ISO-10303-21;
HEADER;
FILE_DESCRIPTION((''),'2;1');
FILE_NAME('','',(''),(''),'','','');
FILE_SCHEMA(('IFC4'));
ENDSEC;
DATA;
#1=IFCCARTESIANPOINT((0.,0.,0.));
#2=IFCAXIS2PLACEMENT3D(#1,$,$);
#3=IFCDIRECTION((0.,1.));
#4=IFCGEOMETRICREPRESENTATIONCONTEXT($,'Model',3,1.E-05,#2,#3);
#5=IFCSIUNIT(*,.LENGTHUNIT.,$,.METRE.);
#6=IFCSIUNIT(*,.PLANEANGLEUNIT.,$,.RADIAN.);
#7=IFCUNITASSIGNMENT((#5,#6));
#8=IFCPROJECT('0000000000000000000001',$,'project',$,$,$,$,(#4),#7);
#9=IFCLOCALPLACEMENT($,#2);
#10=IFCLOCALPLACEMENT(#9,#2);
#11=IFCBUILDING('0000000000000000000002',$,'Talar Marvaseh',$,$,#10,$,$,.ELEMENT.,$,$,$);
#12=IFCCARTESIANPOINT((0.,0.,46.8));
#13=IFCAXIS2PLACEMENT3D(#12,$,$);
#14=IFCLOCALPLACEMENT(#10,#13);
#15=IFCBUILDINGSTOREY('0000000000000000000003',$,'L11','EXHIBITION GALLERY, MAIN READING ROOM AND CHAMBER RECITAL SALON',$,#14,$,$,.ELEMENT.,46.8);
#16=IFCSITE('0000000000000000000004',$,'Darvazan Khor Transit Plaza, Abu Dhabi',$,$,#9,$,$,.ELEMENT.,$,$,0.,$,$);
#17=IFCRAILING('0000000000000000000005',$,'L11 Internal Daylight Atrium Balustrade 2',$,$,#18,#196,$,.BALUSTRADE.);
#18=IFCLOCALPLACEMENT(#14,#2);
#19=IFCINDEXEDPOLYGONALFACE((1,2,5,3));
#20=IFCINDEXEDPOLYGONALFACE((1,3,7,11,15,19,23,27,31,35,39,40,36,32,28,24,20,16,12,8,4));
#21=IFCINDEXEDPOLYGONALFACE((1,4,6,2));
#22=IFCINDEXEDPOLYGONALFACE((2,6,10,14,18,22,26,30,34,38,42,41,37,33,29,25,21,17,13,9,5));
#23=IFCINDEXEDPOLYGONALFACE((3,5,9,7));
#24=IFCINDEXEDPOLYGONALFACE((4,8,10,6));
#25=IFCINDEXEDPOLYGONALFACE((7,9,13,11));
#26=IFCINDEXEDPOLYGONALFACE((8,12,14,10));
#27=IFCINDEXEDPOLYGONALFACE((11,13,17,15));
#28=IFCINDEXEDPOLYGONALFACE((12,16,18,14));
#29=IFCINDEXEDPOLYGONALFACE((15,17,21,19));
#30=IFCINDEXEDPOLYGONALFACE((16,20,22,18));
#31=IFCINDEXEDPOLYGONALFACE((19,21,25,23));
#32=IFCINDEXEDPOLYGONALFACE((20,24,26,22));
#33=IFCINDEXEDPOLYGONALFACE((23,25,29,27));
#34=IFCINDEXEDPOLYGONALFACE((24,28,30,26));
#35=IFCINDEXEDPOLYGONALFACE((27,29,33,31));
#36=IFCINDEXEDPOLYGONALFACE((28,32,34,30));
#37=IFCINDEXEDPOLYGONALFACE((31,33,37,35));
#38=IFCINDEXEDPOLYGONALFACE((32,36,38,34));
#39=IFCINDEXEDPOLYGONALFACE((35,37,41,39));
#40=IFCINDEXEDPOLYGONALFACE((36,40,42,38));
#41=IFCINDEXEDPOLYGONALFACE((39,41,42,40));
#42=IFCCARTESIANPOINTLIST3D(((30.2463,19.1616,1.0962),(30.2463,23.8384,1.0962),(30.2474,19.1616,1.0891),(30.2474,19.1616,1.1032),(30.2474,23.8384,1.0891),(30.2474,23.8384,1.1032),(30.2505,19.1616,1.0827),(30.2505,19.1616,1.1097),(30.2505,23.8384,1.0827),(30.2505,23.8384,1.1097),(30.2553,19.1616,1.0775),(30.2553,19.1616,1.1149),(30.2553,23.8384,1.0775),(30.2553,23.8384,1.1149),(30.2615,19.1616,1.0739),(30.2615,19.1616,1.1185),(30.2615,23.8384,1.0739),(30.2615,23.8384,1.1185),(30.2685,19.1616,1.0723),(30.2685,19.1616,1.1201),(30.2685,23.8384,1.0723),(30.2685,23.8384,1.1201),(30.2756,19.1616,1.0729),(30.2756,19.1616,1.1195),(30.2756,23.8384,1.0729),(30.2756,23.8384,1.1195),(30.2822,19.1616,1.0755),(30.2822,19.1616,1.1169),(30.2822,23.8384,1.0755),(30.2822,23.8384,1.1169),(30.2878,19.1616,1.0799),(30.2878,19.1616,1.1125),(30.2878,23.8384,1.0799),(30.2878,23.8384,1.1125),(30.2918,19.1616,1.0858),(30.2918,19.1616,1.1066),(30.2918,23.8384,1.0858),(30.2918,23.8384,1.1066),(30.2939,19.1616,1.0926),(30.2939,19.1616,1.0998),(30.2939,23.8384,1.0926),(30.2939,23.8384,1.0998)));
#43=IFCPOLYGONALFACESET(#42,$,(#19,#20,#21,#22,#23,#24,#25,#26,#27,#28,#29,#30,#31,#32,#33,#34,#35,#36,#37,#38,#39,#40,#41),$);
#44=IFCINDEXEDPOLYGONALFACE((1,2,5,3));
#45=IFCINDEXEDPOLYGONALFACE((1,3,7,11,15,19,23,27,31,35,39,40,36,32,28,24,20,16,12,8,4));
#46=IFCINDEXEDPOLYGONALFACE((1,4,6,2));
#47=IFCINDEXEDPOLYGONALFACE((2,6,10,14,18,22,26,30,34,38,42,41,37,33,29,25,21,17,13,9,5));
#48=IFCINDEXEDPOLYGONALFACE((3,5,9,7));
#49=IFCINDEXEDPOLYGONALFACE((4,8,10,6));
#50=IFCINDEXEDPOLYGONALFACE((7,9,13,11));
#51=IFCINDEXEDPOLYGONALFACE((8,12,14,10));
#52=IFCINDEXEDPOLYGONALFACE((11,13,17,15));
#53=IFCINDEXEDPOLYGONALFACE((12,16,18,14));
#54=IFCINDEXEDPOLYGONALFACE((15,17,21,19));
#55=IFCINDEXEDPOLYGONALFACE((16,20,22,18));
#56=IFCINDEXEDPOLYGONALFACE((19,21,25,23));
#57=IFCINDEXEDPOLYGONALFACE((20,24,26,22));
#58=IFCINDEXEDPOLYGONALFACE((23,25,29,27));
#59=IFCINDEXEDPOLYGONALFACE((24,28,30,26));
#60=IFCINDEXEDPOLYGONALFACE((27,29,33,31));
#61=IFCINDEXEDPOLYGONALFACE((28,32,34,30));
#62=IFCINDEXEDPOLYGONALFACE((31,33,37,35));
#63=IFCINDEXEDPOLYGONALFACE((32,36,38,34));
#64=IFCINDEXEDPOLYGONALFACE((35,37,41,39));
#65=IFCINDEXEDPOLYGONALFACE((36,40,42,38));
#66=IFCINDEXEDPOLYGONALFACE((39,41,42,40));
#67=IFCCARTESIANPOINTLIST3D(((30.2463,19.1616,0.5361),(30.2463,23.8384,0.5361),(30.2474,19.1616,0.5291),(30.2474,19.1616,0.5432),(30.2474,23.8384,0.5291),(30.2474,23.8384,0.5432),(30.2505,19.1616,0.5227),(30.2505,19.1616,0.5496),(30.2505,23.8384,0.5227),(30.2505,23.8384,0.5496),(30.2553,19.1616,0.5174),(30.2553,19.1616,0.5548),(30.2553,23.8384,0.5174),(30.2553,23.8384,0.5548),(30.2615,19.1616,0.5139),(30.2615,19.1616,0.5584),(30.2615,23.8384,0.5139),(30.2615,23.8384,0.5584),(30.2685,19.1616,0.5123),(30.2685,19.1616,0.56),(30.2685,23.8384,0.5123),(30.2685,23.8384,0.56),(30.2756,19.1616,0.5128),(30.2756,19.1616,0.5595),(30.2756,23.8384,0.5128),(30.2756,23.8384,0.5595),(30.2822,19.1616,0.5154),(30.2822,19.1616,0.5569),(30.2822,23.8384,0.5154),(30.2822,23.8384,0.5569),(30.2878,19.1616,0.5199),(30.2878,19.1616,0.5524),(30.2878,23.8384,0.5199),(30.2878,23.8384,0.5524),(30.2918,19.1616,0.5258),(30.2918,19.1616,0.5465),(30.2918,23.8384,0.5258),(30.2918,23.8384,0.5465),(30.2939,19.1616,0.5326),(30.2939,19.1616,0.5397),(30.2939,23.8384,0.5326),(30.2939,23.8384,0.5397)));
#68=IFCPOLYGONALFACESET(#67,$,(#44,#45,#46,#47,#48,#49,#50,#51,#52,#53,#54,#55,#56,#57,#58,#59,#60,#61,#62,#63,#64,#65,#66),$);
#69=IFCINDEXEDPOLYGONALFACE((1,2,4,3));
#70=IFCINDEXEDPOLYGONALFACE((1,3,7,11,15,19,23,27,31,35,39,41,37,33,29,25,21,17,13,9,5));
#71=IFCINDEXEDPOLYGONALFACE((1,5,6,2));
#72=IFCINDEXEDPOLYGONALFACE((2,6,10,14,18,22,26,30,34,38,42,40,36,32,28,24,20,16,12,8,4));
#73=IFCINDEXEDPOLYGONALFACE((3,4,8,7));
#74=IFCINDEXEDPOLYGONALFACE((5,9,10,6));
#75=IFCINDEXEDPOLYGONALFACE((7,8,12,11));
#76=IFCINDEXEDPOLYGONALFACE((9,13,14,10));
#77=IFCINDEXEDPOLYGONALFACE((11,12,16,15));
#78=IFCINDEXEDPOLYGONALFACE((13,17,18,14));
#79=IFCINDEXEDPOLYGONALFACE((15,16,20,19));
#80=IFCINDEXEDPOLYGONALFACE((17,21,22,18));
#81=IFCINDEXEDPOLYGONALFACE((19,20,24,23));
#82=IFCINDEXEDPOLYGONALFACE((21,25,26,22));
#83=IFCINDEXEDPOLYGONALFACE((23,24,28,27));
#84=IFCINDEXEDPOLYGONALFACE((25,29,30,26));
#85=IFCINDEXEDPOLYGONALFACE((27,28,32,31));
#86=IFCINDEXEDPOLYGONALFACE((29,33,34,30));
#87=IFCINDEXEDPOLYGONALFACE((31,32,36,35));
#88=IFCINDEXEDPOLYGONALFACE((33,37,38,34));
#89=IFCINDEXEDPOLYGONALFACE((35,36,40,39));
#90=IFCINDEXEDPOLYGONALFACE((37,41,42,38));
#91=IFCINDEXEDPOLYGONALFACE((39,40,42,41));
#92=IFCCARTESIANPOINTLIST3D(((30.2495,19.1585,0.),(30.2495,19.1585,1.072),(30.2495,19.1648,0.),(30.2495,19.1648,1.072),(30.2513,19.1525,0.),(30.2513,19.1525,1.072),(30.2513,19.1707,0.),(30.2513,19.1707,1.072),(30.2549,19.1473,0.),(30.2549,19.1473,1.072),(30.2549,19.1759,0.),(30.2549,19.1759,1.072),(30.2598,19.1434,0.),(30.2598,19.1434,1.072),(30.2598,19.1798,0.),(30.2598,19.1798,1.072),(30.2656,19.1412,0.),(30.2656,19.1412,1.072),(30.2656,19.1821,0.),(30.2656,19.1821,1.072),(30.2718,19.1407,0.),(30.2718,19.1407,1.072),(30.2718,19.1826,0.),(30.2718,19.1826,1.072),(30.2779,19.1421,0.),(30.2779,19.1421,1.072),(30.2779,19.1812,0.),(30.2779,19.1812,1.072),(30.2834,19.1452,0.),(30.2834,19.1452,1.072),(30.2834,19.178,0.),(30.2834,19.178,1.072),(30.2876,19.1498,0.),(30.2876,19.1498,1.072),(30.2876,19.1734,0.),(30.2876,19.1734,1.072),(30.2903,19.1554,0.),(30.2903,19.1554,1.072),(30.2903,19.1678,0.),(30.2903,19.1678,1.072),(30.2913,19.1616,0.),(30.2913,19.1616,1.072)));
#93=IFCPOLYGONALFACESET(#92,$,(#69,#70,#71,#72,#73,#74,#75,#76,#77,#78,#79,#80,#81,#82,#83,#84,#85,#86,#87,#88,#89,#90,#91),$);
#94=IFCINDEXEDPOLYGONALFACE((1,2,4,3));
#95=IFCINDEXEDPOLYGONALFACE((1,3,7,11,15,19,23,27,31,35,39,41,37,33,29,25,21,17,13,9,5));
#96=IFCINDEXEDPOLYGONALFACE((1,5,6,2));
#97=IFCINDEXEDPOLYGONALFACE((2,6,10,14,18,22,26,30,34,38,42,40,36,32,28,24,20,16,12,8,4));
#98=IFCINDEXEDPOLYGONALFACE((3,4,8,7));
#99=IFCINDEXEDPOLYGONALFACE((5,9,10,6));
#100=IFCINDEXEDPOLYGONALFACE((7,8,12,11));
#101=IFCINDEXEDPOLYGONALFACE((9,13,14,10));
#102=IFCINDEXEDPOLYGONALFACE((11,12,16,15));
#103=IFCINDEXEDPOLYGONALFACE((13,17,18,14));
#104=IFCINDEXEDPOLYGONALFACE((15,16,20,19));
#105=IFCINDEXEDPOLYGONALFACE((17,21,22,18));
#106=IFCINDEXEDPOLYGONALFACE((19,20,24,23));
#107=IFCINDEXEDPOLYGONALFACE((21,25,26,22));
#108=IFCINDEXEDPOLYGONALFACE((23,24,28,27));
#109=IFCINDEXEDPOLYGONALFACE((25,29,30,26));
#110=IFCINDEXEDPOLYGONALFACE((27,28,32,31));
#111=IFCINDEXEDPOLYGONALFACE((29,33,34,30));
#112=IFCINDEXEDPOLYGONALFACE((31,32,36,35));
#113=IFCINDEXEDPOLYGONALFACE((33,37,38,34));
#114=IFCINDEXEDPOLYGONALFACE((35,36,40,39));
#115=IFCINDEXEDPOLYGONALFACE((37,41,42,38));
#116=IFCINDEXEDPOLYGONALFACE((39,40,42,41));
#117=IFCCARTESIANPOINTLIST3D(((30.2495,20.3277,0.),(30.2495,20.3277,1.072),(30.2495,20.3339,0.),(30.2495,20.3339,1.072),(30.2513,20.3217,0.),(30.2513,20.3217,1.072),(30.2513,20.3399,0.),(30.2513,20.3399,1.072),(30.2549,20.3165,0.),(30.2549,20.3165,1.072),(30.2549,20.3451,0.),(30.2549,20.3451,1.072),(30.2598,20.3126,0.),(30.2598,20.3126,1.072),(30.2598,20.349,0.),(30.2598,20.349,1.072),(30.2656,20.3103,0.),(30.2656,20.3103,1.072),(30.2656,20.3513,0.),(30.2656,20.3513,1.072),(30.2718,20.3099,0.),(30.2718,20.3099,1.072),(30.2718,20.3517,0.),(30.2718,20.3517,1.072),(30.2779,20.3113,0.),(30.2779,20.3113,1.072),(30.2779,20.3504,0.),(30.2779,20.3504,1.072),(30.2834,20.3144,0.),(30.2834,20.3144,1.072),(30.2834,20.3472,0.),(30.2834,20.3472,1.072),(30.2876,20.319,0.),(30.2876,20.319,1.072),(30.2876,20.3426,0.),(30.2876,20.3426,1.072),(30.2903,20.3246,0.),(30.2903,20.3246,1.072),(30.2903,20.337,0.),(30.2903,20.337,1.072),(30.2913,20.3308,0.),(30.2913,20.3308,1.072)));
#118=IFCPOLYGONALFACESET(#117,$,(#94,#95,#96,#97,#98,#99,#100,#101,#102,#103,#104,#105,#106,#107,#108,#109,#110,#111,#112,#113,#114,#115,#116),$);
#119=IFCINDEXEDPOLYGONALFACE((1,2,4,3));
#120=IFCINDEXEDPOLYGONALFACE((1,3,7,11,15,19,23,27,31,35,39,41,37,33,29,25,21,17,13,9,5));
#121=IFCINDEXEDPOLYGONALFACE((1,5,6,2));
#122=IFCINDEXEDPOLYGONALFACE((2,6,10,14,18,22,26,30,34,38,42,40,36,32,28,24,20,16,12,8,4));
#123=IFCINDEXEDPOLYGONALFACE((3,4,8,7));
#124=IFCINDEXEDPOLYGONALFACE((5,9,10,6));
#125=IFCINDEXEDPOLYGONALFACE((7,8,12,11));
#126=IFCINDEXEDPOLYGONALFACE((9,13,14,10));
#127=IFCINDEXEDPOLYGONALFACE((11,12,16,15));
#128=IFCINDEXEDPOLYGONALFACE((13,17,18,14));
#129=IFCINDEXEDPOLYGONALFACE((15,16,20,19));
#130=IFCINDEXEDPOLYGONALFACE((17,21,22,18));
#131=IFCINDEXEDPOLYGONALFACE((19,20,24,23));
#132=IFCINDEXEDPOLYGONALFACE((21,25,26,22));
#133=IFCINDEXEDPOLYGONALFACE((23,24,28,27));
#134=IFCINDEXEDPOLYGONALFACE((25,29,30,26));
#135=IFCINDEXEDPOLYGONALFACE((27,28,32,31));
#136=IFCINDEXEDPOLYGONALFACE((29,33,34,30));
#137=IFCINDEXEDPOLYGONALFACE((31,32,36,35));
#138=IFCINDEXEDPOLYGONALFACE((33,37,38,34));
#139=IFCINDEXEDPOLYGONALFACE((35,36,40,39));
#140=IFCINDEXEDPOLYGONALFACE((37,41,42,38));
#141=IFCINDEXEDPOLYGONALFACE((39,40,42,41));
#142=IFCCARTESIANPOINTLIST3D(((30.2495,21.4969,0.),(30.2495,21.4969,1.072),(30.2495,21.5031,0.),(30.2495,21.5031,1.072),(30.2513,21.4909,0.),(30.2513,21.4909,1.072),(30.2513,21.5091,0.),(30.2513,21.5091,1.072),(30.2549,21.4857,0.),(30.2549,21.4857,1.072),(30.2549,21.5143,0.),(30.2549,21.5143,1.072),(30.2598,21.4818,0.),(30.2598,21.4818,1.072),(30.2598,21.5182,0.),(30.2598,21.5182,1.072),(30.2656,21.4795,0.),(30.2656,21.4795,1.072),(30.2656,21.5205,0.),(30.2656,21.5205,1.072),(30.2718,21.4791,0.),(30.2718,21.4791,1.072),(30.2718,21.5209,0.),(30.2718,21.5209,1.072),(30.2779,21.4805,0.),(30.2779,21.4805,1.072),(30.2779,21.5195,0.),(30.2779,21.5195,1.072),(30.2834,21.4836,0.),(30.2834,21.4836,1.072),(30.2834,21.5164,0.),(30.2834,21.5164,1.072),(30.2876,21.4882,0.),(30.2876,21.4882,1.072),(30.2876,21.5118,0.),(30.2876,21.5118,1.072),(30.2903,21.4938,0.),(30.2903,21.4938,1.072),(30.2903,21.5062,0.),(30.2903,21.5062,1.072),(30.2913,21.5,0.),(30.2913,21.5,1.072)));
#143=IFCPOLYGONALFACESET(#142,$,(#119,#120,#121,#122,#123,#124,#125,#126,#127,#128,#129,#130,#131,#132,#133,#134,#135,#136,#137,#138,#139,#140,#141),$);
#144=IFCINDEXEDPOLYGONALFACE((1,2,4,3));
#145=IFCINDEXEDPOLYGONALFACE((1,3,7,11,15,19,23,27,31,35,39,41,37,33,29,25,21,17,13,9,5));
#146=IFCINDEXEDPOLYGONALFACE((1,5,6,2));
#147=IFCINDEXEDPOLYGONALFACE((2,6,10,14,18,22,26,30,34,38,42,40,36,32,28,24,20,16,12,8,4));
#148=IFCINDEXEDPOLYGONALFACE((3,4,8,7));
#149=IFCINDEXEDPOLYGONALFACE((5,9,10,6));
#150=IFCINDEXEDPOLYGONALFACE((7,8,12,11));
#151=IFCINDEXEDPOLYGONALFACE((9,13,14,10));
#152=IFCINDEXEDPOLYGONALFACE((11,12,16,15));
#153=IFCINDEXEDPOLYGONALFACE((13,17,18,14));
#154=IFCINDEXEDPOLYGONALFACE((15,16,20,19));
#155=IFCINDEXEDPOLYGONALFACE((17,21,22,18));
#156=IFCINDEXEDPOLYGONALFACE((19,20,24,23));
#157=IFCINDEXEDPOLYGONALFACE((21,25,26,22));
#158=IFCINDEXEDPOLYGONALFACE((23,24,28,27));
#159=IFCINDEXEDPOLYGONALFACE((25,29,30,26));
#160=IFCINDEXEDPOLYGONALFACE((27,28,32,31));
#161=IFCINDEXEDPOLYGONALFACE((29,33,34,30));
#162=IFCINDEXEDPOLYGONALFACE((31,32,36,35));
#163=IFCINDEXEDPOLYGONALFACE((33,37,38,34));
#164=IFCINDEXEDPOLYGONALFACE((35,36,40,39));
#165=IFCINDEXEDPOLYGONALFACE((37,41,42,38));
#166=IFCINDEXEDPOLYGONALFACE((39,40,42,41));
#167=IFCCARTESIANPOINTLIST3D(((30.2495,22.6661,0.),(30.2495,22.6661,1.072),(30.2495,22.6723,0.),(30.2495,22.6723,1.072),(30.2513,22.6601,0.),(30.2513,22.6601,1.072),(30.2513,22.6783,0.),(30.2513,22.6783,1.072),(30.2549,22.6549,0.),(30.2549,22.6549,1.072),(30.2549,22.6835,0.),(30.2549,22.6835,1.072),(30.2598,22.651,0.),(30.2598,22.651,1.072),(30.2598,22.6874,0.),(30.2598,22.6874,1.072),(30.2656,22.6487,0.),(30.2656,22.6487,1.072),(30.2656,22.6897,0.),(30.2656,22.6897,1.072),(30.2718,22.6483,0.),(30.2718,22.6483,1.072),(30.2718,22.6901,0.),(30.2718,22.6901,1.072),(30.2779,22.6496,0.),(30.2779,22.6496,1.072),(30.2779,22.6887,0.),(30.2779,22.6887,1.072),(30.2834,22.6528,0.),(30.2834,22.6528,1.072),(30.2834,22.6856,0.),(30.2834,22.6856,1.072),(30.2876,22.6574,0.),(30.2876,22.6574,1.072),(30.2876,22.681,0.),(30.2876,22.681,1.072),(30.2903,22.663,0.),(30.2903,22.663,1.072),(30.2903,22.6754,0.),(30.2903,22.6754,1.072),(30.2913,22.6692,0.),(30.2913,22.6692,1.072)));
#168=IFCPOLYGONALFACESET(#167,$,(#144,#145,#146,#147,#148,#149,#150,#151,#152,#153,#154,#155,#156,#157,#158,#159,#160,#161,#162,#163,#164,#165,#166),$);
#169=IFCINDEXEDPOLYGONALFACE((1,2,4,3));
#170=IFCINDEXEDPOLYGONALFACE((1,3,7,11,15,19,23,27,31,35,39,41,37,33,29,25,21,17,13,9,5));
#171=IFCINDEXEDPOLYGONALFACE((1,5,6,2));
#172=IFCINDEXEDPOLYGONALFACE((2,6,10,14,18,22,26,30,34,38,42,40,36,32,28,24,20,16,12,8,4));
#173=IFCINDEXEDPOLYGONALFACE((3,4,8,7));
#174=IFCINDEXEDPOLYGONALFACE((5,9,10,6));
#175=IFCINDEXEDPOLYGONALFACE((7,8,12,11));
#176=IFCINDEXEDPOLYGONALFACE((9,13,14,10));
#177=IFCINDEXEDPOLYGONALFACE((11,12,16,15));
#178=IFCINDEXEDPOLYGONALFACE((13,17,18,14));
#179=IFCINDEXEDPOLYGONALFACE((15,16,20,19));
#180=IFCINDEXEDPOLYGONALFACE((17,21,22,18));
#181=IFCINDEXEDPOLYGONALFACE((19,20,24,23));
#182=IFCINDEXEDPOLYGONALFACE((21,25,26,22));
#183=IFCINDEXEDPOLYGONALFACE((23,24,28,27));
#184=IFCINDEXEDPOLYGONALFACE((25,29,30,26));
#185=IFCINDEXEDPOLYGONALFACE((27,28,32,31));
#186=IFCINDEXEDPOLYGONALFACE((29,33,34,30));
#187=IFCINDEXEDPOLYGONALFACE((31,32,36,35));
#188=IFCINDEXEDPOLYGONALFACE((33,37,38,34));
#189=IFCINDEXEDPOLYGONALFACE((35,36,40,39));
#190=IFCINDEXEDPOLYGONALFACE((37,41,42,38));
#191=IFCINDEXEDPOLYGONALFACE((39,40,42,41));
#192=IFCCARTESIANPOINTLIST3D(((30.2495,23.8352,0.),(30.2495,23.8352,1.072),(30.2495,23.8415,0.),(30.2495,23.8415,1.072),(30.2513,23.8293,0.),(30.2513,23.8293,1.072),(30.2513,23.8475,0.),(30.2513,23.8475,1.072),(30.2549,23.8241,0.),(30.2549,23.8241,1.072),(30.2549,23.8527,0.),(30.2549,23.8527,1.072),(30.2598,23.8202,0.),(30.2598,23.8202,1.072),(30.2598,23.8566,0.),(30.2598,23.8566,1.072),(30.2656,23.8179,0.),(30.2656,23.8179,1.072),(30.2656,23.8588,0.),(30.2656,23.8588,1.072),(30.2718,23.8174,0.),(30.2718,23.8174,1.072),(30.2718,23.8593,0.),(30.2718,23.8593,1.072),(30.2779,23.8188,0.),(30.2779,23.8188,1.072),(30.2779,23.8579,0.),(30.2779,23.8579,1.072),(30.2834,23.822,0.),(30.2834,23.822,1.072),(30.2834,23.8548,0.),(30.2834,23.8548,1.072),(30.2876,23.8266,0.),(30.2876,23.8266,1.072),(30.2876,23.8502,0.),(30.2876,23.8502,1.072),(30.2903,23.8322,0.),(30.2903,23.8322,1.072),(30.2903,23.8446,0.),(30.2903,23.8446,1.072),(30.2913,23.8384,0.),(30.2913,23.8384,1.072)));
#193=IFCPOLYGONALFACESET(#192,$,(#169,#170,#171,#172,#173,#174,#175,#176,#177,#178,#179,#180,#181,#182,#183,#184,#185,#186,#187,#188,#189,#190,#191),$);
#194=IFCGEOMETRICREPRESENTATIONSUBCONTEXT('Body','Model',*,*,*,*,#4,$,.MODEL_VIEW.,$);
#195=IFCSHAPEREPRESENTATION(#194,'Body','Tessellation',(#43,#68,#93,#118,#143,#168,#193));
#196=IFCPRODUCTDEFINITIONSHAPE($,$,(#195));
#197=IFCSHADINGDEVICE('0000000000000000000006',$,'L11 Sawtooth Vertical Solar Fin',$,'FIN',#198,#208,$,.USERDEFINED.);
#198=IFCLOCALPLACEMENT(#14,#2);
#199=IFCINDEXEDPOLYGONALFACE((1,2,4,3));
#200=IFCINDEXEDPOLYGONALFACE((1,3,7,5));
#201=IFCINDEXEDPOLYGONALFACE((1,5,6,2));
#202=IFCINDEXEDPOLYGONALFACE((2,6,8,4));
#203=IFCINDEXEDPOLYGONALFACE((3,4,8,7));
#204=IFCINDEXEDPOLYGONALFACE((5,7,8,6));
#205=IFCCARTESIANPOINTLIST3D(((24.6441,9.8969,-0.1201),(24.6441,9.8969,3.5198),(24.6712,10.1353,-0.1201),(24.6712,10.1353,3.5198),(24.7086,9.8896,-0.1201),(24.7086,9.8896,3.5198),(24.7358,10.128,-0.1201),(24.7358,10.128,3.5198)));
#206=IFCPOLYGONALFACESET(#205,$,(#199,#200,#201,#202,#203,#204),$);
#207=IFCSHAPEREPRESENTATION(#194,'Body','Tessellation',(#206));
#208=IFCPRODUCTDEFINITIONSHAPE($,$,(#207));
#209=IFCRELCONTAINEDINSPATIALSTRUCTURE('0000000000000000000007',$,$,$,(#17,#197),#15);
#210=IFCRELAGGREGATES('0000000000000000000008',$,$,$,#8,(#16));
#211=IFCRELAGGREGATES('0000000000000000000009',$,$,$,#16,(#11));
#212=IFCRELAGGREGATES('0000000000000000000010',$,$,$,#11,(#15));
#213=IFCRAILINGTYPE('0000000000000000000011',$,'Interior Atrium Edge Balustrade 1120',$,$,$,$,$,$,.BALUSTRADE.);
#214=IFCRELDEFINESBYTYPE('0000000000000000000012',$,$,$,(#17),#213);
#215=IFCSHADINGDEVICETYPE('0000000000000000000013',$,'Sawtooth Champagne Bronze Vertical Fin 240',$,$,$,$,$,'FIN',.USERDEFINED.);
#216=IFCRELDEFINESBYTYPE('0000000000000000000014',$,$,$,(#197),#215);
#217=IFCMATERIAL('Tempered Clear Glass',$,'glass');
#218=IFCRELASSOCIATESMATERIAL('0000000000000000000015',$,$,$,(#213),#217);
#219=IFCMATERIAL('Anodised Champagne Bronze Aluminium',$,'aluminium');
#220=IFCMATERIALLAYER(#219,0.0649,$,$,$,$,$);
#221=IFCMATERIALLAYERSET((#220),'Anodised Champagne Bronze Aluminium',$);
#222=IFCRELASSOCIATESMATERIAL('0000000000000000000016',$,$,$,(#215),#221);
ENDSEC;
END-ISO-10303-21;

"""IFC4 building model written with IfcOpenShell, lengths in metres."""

from ifc_helpers import new_model, si_unit, direction, frame, origin, origin_2d, place, context, subcontext, project, spatial, rectangle, circle, extrude, source, transform, mapped, material, layer, layer_set, type_object, type_shapes, element, save


model = new_model("IFC4")

# Units and contexts
model_context = context("Model", 3, precision=1e-05, world=origin(), true_north=direction((0.0, 1.0)))
body_context = subcontext(model_context, "Body", "Model", "MODEL_VIEW")
ifc_project = project(units=[si_unit("LENGTHUNIT", "METRE"), si_unit("PLANEANGLEUNIT", "RADIAN")], contexts=[model_context])

# Site, building, storey
site_placement = place(None, origin())
site = spatial("IfcSite", under=ifc_project, at=site_placement, Name="Darvazan Khor Transit Plaza, Abu Dhabi", CompositionType="ELEMENT", RefElevation=0.0)
building_placement = place(site_placement, origin())
building = spatial("IfcBuilding", under=site, at=building_placement, Name="Talar Marvaseh", CompositionType="ELEMENT")
storey_placement = place(building_placement, frame((0.0, 0.0, 46.8)))
storey = spatial("IfcBuildingStorey", under=building, at=storey_placement, Name="L11", Description="EXHIBITION GALLERY, MAIN READING ROOM AND CHAMBER RECITAL SALON", CompositionType="ELEMENT", Elevation=46.8)

# Railing
ifc_material_1 = material(Name="Tempered Clear Glass", Category="glass")
railing_type = type_object("IfcRailingType", Name="Interior Atrium Edge Balustrade 1120", PredefinedType="BALUSTRADE", material=ifc_material_1)
railing_1_placement = place(storey_placement, frame((30.2703, 19.1616, 0.0)))
element("IfcRailing", 1, at=railing_1_placement, inside=storey, type_object=railing_type, Name="L11 Internal Daylight Atrium Balustrade 2", PredefinedType="BALUSTRADE", context=body_context, shape_type="SweptSolid", body=[
    extrude(circle(Radius=0.0239, at=origin_2d()), frame((0.0, 0.0, 1.0962), z_axis=(0.0, 1.0, 0.0), x_axis=(-1.0, 0.0, 0.0)), (0.0, 0.0, 1.0), 4.6768),
    extrude(circle(Radius=0.0239, at=origin_2d()), frame((0.0, 0.0, 0.5361), z_axis=(0.0, 1.0, 0.0), x_axis=(-1.0, 0.0, 0.0)), (0.0, 0.0, 1.0), 4.6768),
    extrude(circle(Radius=0.021, at=origin_2d()), origin(), (0.0, 0.0, 1.0), 1.072),
    extrude(circle(Radius=0.021, at=origin_2d()), frame((0.0, 1.1692, 0.0)), (0.0, 0.0, 1.0), 1.072),
    extrude(circle(Radius=0.021, at=origin_2d()), frame((0.0, 2.3384, 0.0)), (0.0, 0.0, 1.0), 1.072),
    extrude(circle(Radius=0.021, at=origin_2d()), frame((0.0, 3.5076, 0.0)), (0.0, 0.0, 1.0), 1.072),
    extrude(circle(Radius=0.021, at=origin_2d()), frame((0.0, 4.6768, 0.0)), (0.0, 0.0, 1.0), 1.072),
])

# Shading device
ifc_material_2 = material(Name="Anodised Champagne Bronze Aluminium", Category="aluminium")
ifc_layer_1 = layer(ifc_material_2, 0.0649)
ifc_layer_set_1 = layer_set([ifc_layer_1], Name="Anodised Champagne Bronze Aluminium")
shading_device_type = type_object("IfcShadingDeviceType", Name="Sawtooth Champagne Bronze Vertical Fin 240", ElementType="FIN", PredefinedType="USERDEFINED", material=ifc_layer_set_1)
shared_shape_1 = source(origin(), body_context, "Body", "SweptSolid", [
    extrude(rectangle(XDim=0.24, YDim=0.0649, at=origin_2d()), origin(), (0.0, 0.0, 1.0), 3.6399),
])
type_shapes(shading_device_type, [shared_shape_1])
for number, where, z_axis, x_axis, name in (
    (2, (24.6899, 10.0125, -0.1201), (0.0, 0.0, 1.0), (-0.11303, -0.993592, 0.0), "L11 Sawtooth Vertical Solar Fin"),
):
    element("IfcShadingDevice", number, at=place(storey_placement, frame(where, z_axis=z_axis, x_axis=x_axis)), inside=storey, type_object=shading_device_type, Name=name, ObjectType="FIN", PredefinedType="USERDEFINED", context=body_context, shape_type="MappedRepresentation", body=[
        mapped(shared_shape_1, transform((0.0, 0.0, 0.0), x_axis=(1.0, 0.0, 0.0), y_axis=(0.0, 1.0, 0.0), z_axis=(0.0, 0.0, 1.0), scale=1.0)),
    ])

save(model, "model.ifc")
